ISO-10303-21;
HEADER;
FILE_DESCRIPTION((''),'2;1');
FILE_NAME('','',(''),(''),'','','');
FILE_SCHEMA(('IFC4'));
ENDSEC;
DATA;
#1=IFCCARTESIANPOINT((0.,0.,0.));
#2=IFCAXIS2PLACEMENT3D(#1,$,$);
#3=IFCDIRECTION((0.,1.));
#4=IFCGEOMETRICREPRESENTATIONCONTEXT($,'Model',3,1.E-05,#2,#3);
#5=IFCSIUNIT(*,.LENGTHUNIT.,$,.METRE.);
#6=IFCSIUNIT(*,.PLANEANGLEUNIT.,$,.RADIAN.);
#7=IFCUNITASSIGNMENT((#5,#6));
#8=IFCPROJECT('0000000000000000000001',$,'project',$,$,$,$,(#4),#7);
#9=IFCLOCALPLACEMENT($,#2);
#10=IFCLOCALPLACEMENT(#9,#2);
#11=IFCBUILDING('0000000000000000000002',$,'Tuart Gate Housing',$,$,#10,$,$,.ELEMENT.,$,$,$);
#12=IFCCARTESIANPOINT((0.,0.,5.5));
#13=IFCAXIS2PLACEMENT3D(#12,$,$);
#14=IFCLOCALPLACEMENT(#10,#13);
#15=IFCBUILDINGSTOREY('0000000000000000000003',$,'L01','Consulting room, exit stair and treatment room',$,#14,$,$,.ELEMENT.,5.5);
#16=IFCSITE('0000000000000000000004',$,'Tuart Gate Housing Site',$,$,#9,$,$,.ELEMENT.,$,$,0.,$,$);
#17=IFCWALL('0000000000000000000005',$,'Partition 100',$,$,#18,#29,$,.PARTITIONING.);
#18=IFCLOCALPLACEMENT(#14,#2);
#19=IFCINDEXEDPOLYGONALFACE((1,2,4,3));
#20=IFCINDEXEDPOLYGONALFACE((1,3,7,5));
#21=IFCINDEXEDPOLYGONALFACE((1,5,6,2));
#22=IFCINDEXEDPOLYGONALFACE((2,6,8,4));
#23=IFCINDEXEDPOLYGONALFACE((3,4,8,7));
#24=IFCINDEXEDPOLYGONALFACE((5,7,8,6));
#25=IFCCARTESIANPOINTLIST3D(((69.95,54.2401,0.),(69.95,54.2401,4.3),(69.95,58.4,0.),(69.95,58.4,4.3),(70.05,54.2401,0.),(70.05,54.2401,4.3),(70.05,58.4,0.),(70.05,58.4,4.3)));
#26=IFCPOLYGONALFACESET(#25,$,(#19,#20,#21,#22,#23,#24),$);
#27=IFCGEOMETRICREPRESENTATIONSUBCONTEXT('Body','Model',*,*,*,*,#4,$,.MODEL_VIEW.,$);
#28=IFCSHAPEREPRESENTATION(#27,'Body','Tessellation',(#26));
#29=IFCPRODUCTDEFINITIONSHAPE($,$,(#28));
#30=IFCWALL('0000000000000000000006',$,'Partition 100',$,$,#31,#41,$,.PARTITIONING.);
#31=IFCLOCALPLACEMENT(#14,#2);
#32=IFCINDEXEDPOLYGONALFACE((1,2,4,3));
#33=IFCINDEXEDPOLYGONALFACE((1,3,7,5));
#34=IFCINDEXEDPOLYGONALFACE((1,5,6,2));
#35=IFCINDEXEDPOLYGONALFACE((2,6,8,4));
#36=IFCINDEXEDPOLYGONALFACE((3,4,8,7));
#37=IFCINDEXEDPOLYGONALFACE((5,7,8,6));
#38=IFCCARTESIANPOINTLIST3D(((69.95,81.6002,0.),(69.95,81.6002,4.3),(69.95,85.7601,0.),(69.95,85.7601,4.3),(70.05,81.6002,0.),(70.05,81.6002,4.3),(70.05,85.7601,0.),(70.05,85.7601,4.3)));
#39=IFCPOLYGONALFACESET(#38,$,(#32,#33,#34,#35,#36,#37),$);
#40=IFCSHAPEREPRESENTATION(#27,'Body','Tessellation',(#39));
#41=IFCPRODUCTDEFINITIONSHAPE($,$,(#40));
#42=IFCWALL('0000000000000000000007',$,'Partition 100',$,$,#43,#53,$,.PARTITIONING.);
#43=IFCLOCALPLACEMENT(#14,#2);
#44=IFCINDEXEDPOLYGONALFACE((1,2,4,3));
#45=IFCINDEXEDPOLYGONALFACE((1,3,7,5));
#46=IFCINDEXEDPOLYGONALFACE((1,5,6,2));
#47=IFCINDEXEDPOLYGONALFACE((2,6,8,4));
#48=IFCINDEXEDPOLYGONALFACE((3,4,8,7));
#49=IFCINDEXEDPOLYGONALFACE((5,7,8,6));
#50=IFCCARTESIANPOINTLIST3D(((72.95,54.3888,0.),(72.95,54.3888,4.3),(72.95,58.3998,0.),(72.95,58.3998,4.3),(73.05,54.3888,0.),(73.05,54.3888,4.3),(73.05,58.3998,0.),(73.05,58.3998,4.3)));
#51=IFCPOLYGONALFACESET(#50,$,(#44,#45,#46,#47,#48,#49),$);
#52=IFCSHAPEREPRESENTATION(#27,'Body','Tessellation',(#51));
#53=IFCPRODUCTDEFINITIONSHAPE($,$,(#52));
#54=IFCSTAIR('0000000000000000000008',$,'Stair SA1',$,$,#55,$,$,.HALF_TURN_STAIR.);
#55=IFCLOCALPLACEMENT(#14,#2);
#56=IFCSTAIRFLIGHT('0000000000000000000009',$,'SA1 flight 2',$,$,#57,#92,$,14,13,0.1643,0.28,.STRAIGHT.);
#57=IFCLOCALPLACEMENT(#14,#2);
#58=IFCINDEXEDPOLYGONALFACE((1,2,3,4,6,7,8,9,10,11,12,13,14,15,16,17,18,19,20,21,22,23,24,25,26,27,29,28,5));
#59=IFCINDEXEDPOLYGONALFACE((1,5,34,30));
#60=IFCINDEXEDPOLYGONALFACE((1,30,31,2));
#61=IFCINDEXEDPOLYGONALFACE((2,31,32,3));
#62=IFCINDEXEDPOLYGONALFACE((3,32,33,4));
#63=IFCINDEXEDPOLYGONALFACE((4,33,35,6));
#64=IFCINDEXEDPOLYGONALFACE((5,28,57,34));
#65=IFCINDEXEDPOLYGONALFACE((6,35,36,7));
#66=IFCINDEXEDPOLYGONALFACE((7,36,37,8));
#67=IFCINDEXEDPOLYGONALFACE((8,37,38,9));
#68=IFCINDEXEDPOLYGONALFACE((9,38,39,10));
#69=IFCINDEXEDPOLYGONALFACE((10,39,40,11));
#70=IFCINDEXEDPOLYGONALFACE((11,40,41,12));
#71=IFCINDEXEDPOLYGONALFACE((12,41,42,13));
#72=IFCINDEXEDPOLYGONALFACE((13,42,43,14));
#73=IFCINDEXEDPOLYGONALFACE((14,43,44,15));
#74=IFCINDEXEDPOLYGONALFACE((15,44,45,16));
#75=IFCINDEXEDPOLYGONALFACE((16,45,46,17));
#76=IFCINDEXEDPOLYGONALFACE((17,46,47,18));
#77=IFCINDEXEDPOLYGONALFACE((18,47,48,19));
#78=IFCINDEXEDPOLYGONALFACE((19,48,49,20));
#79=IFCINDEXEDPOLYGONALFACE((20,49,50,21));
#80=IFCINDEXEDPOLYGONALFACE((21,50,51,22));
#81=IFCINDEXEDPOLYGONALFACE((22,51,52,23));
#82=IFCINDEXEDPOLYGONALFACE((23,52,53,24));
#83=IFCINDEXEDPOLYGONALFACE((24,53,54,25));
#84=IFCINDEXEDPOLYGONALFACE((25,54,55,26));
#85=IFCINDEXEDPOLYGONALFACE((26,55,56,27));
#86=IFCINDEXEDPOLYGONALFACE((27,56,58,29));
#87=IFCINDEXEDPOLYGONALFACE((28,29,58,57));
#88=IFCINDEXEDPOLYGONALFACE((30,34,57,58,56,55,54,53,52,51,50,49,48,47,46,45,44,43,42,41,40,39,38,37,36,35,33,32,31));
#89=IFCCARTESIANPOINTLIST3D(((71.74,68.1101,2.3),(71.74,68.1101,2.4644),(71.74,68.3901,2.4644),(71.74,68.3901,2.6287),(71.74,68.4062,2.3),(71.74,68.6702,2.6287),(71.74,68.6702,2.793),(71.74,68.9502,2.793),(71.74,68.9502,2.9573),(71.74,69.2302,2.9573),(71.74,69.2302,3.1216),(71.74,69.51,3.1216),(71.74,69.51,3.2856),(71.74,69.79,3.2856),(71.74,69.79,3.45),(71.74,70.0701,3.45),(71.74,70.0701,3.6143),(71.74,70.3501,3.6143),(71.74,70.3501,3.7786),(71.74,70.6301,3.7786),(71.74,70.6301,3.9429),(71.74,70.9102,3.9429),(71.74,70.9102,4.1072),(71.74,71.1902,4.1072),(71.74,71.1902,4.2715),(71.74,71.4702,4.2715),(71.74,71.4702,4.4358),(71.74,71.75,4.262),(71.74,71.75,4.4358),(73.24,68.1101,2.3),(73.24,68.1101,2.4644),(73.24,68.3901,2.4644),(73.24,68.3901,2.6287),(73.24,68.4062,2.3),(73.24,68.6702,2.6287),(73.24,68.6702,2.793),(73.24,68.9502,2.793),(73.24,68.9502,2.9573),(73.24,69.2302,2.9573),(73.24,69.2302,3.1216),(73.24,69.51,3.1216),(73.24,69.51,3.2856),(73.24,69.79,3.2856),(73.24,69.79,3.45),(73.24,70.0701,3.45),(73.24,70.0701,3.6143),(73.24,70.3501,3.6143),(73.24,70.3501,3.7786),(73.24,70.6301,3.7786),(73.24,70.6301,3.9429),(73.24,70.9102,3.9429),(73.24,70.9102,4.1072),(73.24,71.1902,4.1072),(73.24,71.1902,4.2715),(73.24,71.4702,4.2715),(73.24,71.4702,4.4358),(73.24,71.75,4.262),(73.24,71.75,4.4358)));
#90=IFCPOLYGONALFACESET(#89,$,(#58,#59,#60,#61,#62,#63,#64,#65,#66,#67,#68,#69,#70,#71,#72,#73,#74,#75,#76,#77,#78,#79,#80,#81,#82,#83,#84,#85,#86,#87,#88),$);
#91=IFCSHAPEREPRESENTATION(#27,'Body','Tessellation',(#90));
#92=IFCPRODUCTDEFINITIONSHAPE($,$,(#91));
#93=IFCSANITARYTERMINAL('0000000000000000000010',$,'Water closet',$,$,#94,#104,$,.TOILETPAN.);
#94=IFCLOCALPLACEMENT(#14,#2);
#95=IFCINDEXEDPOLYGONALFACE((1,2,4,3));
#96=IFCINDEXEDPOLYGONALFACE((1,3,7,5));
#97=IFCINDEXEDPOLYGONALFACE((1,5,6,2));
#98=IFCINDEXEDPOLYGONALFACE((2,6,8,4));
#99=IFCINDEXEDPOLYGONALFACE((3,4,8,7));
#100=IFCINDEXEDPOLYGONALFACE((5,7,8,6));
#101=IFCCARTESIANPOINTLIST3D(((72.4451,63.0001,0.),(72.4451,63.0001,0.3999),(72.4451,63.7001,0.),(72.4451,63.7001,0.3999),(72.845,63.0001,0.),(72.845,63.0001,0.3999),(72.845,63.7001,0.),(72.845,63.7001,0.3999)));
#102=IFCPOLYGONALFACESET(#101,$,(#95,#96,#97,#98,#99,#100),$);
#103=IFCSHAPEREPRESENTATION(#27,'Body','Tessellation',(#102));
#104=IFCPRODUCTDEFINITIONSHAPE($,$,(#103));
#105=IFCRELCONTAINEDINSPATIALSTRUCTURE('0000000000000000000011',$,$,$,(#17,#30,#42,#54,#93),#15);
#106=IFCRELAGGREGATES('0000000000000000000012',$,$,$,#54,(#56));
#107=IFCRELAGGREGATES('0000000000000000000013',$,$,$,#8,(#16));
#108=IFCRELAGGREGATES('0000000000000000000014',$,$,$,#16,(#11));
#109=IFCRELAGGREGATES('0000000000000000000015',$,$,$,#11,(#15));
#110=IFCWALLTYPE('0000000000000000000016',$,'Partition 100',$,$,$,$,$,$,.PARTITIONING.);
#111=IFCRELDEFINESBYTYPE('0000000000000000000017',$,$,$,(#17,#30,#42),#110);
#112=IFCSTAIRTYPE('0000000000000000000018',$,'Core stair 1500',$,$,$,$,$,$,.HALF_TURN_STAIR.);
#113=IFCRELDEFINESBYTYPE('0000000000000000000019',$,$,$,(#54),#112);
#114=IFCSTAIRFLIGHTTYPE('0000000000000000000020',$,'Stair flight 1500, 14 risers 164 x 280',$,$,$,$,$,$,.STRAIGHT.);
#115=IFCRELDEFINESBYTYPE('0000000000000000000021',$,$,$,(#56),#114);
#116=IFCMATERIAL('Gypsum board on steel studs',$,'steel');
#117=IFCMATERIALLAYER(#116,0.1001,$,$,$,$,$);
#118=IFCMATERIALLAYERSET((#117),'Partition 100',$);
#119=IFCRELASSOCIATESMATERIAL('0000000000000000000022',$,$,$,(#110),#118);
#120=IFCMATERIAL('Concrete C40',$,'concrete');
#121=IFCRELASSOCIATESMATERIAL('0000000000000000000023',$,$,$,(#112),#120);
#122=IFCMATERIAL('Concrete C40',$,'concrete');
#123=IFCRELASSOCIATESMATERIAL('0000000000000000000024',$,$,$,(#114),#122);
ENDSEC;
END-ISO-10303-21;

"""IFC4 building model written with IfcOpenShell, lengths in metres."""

from ifc_helpers import new_model, si_unit, direction, frame, frame_2d, origin, origin_2d, place, context, subcontext, project, spatial, polyline, rectangle, outline, extrude, material, layer, layer_set, type_object, element, aggregate, save


model = new_model("IFC4")

# Units and contexts
model_context = context("Model", 3, precision=1e-05, world=origin(), true_north=direction((0.0, 1.0)))
body_context = subcontext(model_context, "Body", "Model", "MODEL_VIEW")
ifc_project = project(units=[si_unit("LENGTHUNIT", "METRE"), si_unit("PLANEANGLEUNIT", "RADIAN")], contexts=[model_context])

# Site, building, storey
site_placement = place(None, origin())
site = spatial("IfcSite", under=ifc_project, at=site_placement, Name="Tuart Gate Housing Site", CompositionType="ELEMENT", RefElevation=0.0)
building_placement = place(site_placement, origin())
building = spatial("IfcBuilding", under=site, at=building_placement, Name="Tuart Gate Housing", CompositionType="ELEMENT")
storey_placement = place(building_placement, frame((0.0, 0.0, 5.5)))
storey = spatial("IfcBuildingStorey", under=building, at=storey_placement, Name="L01", Description="Consulting room, exit stair and treatment room", CompositionType="ELEMENT", Elevation=5.5)

# Walls
ifc_material_1 = material(Name="Gypsum board on steel studs", Category="steel")
ifc_layer_1 = layer(ifc_material_1, 0.1001)
ifc_layer_set_1 = layer_set([ifc_layer_1], Name="Partition 100")
wall_type_1 = type_object("IfcWallType", Name="Partition 100", PredefinedType="PARTITIONING", material=ifc_layer_set_1)
for number, where, z_axis, x_axis, name in (
    (1, (70.0, 54.24, 0.0), (0.0, 0.0, 1.0), (0.0, 1.0, 0.0), "Partition 100"),
    (2, (70.0, 81.6001, 0.0), (0.0, 0.0, 1.0), (0.0, 1.0, 0.0), "Partition 100"),
):
    element("IfcWall", number, at=place(storey_placement, frame(where, z_axis=z_axis, x_axis=x_axis)), inside=storey, type_object=wall_type_1, Name=name, PredefinedType="PARTITIONING", context=body_context, shape_type="SweptSolid", body=[
        extrude(rectangle(XDim=4.1599, YDim=0.1001, at=frame_2d((2.0801, 0.0))), origin(), (0.0, 0.0, 1.0), 4.3),
    ])
wall_1_placement = place(storey_placement, frame((73.0, 54.3889, 0.0), z_axis=(0.0, 0.0, 1.0), x_axis=(0.0, 1.0, 0.0)))
element("IfcWall", 3, at=wall_1_placement, inside=storey, type_object=wall_type_1, Name="Partition 100", PredefinedType="PARTITIONING", context=body_context, shape_type="SweptSolid", body=[
    extrude(rectangle(XDim=4.011, YDim=0.1001, at=frame_2d((2.0054, 0.0))), origin(), (0.0, 0.0, 1.0), 4.3),
])

# Stair, stair flight
ifc_material_2 = material(Name="Concrete C40", Category="concrete")
stair_type = type_object("IfcStairType", Name="Core stair 1500", PredefinedType="HALF_TURN_STAIR", material=ifc_material_2)
stair_placement = place(storey_placement, origin())
stair = element("IfcStair", 4, at=stair_placement, inside=storey, type_object=stair_type, Name="Stair SA1", PredefinedType="HALF_TURN_STAIR")
ifc_material_3 = material(Name="Concrete C40", Category="concrete")
stair_flight_type = type_object("IfcStairFlightType", Name="Stair flight 1500, 14 risers 164 x 280", PredefinedType="STRAIGHT", material=ifc_material_3)
stair_flight_placement = place(storey_placement, frame((72.49, 68.1101, 2.3), z_axis=(0.0, 0.0, 1.0), x_axis=(0.0, 1.0, 0.0)))
stair_flight = element("IfcStairFlight", 5, at=stair_flight_placement, type_object=stair_flight_type, Name="SA1 flight 2", NumberOfRisers=14, NumberOfTreads=13, PredefinedType="STRAIGHT", RiserHeight=0.1643, TreadLength=0.28, context=body_context, shape_type="SweptSolid", body=[
    extrude(outline(polyline([(0.0, 0.0), (0.0, 0.1643), (0.28, 0.1643), (0.28, 0.3286), (0.5601, 0.3286), (0.5601, 0.4929), (0.8401, 0.4929), (0.8401, 0.6572), (1.1201, 0.6572), (1.1201, 0.8215), (1.3999, 0.8215), (1.3999, 0.9856), (1.6799, 0.9856), (1.6799, 1.1499), (1.96, 1.1499), (1.96, 1.3142), (2.24, 1.3142), (2.24, 1.4785), (2.52, 1.4785), (2.52, 1.6428), (2.8, 1.6428), (2.8, 1.8071), (3.0801, 1.8071), (3.0801, 1.9714), (3.3601, 1.9714), (3.3601, 2.1357), (3.6399, 2.1357), (3.6399, 2.3), (3.6399, 1.9619), (0.2961, 0.0), (0.0, 0.0)])), frame((0.0, 0.75, 0.0), z_axis=(0.0, -1.0, 0.0), x_axis=(1.0, 0.0, 0.0)), (0.0, 0.0, 1.0), 1.5),
])
aggregate(stair, [stair_flight])

# Sanitary terminal
sanitary_terminal_placement = place(storey_placement, frame((72.645, 63.3501, 0.0), z_axis=(0.0, 0.0, 1.0), x_axis=(1.0, 0.0, 0.0)))
element("IfcSanitaryTerminal", 6, at=sanitary_terminal_placement, inside=storey, Name="Water closet", PredefinedType="TOILETPAN", context=body_context, shape_type="SweptSolid", body=[
    extrude(rectangle(XDim=0.3999, YDim=0.7, at=origin_2d()), origin(), (0.0, 0.0, 1.0), 0.3999),
])

save(model, "model.ifc")
